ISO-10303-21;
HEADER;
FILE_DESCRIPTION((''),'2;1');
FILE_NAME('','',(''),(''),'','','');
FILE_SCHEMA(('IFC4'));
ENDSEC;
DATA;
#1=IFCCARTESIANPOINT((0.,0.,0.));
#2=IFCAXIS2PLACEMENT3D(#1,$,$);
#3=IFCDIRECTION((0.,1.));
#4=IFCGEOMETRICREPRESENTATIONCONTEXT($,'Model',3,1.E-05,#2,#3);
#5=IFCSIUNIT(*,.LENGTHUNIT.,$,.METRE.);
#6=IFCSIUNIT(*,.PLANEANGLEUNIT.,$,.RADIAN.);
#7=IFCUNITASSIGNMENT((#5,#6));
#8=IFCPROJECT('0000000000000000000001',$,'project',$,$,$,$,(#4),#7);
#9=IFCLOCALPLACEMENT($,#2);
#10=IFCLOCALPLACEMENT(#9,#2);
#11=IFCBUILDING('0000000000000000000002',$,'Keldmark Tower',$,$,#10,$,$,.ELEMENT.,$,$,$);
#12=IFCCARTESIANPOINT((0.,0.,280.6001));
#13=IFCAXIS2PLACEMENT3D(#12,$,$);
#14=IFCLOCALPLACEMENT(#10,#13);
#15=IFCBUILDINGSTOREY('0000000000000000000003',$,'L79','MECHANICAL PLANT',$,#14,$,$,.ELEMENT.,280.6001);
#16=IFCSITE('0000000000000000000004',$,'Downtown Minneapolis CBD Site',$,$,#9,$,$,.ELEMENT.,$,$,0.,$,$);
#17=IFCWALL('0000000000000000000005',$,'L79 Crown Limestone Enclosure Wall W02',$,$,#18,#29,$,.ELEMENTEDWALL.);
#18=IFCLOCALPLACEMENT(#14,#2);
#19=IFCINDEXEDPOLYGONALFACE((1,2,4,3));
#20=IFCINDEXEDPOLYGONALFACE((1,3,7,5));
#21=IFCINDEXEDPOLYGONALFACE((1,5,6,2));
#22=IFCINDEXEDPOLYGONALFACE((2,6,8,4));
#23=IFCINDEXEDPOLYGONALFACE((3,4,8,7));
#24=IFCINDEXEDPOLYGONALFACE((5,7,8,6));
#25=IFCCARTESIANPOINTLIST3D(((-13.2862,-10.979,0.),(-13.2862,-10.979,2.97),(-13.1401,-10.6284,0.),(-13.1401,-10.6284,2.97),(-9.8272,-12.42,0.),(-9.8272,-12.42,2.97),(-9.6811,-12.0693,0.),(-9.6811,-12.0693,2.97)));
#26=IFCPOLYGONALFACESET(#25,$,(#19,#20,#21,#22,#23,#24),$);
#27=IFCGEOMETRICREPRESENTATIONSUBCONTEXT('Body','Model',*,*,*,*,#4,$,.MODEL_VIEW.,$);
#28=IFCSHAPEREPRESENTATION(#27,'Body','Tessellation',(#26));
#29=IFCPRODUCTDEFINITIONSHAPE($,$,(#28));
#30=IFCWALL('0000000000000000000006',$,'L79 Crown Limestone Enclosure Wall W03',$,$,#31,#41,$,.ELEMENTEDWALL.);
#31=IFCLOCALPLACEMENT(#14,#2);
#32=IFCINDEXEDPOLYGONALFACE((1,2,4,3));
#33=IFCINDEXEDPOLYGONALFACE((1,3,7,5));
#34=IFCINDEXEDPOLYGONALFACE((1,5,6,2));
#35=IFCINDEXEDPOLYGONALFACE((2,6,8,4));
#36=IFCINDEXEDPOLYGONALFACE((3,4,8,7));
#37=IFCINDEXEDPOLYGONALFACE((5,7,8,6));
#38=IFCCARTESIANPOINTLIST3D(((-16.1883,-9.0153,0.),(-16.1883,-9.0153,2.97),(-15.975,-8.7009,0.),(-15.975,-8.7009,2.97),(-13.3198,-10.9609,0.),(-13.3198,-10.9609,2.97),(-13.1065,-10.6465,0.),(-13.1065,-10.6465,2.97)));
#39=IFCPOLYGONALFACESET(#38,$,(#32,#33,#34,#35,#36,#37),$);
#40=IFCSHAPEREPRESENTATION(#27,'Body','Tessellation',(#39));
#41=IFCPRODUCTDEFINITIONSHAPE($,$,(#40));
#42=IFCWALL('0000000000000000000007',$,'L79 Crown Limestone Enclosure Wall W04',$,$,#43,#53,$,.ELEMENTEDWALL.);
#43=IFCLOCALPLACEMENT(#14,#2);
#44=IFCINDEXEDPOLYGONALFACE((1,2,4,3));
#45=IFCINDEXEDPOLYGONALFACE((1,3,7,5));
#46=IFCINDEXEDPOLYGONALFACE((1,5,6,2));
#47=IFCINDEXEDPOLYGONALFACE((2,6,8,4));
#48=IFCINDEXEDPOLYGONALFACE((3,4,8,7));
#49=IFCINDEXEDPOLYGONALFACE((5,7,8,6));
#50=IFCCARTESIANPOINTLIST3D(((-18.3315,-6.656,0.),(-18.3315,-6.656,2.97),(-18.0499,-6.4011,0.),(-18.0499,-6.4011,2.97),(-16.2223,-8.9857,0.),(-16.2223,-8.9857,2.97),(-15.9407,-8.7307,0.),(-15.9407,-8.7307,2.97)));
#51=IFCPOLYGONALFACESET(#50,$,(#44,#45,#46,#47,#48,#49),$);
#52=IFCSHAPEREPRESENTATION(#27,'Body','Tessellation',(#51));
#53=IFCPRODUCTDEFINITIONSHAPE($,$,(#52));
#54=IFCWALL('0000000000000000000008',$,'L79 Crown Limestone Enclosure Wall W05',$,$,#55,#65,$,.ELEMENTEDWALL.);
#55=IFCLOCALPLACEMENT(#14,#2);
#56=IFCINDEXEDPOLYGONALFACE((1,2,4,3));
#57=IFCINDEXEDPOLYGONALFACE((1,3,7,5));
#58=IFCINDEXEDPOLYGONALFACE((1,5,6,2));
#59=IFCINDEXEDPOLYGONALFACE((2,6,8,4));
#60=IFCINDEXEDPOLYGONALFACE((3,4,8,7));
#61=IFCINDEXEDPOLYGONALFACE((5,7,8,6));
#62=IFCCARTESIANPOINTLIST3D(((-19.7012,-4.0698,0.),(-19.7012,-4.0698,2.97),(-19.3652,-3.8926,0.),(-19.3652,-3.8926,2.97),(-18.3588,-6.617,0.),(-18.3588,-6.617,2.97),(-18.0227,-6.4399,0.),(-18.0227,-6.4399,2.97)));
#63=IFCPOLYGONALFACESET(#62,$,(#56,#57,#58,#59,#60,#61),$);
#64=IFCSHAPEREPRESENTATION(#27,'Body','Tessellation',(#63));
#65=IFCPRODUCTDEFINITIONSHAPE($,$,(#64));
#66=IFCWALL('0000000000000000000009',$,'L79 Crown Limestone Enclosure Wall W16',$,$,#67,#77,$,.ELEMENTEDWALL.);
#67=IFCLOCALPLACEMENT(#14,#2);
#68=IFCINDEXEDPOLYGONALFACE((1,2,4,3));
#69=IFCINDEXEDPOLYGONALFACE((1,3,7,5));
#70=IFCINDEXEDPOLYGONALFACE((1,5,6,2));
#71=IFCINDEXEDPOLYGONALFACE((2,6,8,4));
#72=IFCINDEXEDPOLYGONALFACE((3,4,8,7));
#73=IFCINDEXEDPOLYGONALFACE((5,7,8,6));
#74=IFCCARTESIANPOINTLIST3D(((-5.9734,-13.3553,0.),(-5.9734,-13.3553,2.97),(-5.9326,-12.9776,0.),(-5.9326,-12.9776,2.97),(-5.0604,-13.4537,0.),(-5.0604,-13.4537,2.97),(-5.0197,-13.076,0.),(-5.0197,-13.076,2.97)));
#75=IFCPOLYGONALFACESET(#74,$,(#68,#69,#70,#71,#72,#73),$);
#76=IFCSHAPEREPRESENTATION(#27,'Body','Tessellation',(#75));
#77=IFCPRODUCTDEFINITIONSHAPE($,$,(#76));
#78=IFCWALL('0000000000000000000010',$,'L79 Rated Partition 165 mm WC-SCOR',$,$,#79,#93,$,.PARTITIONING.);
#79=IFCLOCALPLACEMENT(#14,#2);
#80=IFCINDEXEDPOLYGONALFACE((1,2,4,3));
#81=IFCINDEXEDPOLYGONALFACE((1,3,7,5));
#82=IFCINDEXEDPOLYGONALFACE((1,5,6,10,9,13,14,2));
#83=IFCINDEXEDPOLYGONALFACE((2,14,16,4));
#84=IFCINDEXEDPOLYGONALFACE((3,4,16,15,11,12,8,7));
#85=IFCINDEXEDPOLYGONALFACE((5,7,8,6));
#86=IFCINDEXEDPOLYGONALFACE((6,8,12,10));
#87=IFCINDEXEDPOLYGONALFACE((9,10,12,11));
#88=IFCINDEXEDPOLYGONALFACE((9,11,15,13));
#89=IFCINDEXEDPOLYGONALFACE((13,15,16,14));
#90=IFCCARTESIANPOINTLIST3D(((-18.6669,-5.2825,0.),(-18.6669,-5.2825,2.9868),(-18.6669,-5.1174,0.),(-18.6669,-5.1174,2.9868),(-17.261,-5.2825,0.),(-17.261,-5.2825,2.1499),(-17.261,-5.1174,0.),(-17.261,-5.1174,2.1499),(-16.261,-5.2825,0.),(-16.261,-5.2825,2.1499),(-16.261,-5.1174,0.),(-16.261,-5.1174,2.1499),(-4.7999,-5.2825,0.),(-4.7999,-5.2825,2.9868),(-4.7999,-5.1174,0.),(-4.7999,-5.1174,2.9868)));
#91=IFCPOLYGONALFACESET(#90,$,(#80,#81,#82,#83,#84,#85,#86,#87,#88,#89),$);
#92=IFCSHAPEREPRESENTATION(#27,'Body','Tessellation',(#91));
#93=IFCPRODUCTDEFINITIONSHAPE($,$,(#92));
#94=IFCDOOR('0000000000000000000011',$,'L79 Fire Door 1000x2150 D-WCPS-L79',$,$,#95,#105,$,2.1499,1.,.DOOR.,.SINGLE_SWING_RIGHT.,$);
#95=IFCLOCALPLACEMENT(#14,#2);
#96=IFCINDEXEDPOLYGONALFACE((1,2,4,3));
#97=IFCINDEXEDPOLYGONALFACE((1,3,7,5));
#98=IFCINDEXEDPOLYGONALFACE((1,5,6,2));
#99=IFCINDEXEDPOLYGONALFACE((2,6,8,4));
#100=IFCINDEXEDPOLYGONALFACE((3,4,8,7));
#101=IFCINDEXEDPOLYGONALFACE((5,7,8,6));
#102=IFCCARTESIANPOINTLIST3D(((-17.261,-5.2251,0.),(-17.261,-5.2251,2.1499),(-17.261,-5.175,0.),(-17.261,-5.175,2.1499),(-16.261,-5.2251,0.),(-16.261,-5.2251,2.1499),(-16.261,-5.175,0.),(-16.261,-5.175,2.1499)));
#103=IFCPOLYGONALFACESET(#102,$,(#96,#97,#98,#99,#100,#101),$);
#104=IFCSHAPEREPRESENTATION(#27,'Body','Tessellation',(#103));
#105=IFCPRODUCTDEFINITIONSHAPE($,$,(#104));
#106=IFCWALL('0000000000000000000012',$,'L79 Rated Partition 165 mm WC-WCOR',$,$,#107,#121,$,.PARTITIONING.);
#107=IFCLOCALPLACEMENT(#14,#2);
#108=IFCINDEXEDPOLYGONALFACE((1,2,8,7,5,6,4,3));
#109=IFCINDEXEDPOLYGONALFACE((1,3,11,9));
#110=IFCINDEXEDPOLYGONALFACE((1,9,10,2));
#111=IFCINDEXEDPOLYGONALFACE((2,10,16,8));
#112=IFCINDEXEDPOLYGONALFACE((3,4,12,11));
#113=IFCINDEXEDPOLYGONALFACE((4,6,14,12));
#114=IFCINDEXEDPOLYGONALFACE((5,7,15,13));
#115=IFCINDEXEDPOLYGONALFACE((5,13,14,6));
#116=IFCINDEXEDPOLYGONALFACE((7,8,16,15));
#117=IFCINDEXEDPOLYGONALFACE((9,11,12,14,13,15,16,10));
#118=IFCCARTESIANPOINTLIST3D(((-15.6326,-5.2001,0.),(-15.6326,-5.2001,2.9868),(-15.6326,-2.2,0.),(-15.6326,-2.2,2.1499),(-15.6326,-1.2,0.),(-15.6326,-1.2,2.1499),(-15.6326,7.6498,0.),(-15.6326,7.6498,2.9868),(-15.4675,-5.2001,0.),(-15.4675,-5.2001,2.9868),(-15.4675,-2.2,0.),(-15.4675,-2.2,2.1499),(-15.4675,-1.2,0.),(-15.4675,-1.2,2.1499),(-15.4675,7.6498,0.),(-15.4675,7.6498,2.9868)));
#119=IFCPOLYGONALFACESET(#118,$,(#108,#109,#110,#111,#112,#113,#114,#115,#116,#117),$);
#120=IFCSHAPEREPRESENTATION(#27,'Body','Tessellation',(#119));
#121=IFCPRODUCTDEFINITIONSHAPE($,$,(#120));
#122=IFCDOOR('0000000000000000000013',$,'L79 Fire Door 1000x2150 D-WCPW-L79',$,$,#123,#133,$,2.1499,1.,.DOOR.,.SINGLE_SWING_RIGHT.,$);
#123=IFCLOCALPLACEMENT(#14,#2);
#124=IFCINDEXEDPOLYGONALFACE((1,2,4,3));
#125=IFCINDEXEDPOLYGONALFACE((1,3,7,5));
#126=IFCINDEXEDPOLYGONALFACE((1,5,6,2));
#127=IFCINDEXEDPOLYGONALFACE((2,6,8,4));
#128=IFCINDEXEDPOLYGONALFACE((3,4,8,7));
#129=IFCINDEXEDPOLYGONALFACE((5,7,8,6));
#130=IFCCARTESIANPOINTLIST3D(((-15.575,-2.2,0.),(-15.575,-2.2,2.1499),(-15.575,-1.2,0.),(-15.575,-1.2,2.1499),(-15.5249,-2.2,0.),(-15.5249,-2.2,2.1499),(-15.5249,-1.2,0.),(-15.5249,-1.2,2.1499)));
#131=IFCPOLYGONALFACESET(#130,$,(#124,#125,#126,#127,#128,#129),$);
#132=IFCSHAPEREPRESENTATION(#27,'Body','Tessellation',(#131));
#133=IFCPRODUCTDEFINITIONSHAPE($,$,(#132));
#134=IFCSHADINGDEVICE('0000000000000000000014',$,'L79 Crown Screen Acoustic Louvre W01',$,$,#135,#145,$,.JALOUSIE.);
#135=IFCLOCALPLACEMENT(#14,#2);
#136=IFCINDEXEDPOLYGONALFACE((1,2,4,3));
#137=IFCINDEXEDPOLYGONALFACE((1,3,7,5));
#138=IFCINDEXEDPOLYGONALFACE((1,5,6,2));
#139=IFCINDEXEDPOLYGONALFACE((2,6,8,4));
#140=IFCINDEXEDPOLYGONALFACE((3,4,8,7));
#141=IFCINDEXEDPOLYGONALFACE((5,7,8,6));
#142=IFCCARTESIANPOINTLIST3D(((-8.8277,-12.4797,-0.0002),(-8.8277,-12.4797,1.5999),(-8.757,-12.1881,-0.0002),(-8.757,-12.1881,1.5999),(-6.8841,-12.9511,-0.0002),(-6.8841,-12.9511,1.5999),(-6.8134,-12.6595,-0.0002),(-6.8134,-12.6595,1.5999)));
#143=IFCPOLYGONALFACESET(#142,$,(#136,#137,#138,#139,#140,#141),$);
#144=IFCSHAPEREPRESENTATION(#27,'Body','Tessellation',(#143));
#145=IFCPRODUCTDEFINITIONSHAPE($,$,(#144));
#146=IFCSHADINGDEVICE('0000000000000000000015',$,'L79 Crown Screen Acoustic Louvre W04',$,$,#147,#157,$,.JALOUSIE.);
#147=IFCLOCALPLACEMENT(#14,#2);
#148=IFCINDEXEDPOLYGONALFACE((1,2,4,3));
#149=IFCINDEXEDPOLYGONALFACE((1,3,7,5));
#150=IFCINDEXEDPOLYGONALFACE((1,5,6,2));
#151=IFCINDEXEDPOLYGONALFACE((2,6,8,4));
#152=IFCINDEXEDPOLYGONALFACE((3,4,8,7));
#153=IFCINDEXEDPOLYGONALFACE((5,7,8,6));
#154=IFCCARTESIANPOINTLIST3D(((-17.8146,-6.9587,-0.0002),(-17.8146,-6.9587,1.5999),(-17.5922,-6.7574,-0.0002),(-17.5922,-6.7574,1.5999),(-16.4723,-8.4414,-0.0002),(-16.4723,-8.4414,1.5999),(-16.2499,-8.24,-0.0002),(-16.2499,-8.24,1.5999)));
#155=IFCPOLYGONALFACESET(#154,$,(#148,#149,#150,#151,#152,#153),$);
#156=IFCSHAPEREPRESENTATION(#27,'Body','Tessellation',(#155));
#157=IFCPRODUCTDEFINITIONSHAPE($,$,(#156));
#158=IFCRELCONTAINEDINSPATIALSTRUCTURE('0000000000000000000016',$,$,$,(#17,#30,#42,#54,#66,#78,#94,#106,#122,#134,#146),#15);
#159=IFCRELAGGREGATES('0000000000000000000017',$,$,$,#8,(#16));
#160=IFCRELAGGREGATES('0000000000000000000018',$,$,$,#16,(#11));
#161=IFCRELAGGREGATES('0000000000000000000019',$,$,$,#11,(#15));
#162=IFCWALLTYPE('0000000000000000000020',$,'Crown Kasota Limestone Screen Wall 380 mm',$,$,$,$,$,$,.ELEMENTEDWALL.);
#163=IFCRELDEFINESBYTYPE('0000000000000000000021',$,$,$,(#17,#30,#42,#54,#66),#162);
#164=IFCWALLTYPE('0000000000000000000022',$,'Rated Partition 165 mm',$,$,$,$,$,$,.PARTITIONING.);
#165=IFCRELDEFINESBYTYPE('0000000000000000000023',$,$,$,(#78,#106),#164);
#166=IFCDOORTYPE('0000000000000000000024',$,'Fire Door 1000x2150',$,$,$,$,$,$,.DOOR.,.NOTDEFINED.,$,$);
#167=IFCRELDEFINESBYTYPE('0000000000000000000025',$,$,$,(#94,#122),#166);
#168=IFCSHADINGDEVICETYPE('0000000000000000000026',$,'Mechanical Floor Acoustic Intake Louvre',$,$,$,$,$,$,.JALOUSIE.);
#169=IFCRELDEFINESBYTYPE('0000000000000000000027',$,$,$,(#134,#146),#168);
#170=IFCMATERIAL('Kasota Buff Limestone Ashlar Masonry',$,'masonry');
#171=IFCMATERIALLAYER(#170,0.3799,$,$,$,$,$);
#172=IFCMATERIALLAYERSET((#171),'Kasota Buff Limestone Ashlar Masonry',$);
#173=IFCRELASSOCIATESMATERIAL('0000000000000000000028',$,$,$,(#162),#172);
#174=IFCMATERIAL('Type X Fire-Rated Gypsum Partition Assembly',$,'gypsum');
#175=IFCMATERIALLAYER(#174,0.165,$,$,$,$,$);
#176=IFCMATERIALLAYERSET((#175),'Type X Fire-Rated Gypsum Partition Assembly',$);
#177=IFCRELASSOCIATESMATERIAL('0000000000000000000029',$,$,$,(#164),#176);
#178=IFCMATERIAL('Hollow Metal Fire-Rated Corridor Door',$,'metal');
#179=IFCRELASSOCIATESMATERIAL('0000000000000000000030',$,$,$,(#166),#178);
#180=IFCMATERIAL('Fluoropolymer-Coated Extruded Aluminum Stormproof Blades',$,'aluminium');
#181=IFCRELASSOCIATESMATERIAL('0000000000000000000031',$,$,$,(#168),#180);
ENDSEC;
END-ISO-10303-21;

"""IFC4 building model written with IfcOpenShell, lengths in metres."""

from ifc_helpers import new_model, si_unit, direction, frame, frame_2d, origin, origin_2d, place, context, subcontext, project, spatial, rectangle, extrude, material, layer, layer_set, type_object, element, fill, save


model = new_model("IFC4")

# Units and contexts
model_context = context("Model", 3, precision=1e-05, world=origin(), true_north=direction((0.0, 1.0)))
body_context = subcontext(model_context, "Body", "Model", "MODEL_VIEW")
ifc_project = project(units=[si_unit("LENGTHUNIT", "METRE"), si_unit("PLANEANGLEUNIT", "RADIAN")], contexts=[model_context])

# Site, building, storey
site_placement = place(None, origin())
site = spatial("IfcSite", under=ifc_project, at=site_placement, Name="Downtown Minneapolis CBD Site", CompositionType="ELEMENT", RefElevation=0.0)
building_placement = place(site_placement, origin())
building = spatial("IfcBuilding", under=site, at=building_placement, Name="Keldmark Tower", CompositionType="ELEMENT")
storey_placement = place(building_placement, frame((0.0, 0.0, 280.6001)))
storey = spatial("IfcBuildingStorey", under=building, at=storey_placement, Name="L79", Description="MECHANICAL PLANT", CompositionType="ELEMENT", Elevation=280.6001)

# Walls
ifc_material_1 = material(Name="Kasota Buff Limestone Ashlar Masonry", Category="masonry")
ifc_layer_1 = layer(ifc_material_1, 0.3799)
ifc_layer_set_1 = layer_set([ifc_layer_1], Name="Kasota Buff Limestone Ashlar Masonry")
wall_type_1 = type_object("IfcWallType", Name="Crown Kasota Limestone Screen Wall 380 mm", PredefinedType="ELEMENTEDWALL", material=ifc_layer_set_1)
wall_1_placement = place(storey_placement, frame((-13.2131, -10.8037, 0.0), z_axis=(0.0, 0.0, 1.0), x_axis=(0.923108, -0.384541, 0.0)))
element("IfcWall", 1, at=wall_1_placement, inside=storey, type_object=wall_type_1, Name="L79 Crown Limestone Enclosure Wall W02", PredefinedType="ELEMENTEDWALL", context=body_context, shape_type="SweptSolid", body=[
    extrude(rectangle(XDim=3.7471, YDim=0.3799, at=frame_2d((1.8735, 0.0))), origin(), (0.0, 0.0, 1.0), 2.97),
])
wall_2_placement = place(storey_placement, frame((-16.0815, -8.8582, 0.0), z_axis=(0.0, 0.0, 1.0), x_axis=(0.827591, -0.561331, 0.0)))
element("IfcWall", 2, at=wall_2_placement, inside=storey, type_object=wall_type_1, Name="L79 Crown Limestone Enclosure Wall W03", PredefinedType="ELEMENTEDWALL", context=body_context, shape_type="SweptSolid", body=[
    extrude(rectangle(XDim=3.4661, YDim=0.3799, at=frame_2d((1.7329, 0.0))), origin(), (0.0, 0.0, 1.0), 2.97),
])
wall_3_placement = place(storey_placement, frame((-18.1907, -6.5286, 0.0), z_axis=(0.0, 0.0, 1.0), x_axis=(0.671159, -0.741313, 0.0)))
element("IfcWall", 3, at=wall_3_placement, inside=storey, type_object=wall_type_1, Name="L79 Crown Limestone Enclosure Wall W04", PredefinedType="ELEMENTEDWALL", context=body_context, shape_type="SweptSolid", body=[
    extrude(rectangle(XDim=3.1426, YDim=0.3799, at=frame_2d((1.5713, 0.0))), origin(), (0.0, 0.0, 1.0), 2.97),
])
wall_4_placement = place(storey_placement, frame((-19.5332, -3.9812, 0.0), z_axis=(0.0, 0.0, 1.0), x_axis=(0.466239, -0.884659, 0.0)))
element("IfcWall", 4, at=wall_4_placement, inside=storey, type_object=wall_type_1, Name="L79 Crown Limestone Enclosure Wall W05", PredefinedType="ELEMENTEDWALL", context=body_context, shape_type="SweptSolid", body=[
    extrude(rectangle(XDim=2.8794, YDim=0.3799, at=frame_2d((1.4397, 0.0))), origin(), (0.0, 0.0, 1.0), 2.97),
])
wall_5_placement = place(storey_placement, frame((-5.9529, -13.1665, 0.0), z_axis=(0.0, 0.0, 1.0), x_axis=(0.994242, -0.107162, 0.0)))
element("IfcWall", 5, at=wall_5_placement, inside=storey, type_object=wall_type_1, Name="L79 Crown Limestone Enclosure Wall W16", PredefinedType="ELEMENTEDWALL", context=body_context, shape_type="SweptSolid", body=[
    extrude(rectangle(XDim=0.9182, YDim=0.3799, at=frame_2d((0.459, 0.0))), origin(), (0.0, 0.0, 1.0), 2.97),
])

# Walls, openings, doors
ifc_material_2 = material(Name="Type X Fire-Rated Gypsum Partition Assembly", Category="gypsum")
ifc_layer_2 = layer(ifc_material_2, 0.165)
ifc_layer_set_2 = layer_set([ifc_layer_2], Name="Type X Fire-Rated Gypsum Partition Assembly")
wall_type_2 = type_object("IfcWallType", Name="Rated Partition 165 mm", PredefinedType="PARTITIONING", material=ifc_layer_set_2)
wall_6_placement = place(storey_placement, frame((-18.667, -5.2, 0.0), z_axis=(0.0, 0.0, 1.0), x_axis=(1.0, 0.0, 0.0)))
wall_6 = element("IfcWall", 6, at=wall_6_placement, inside=storey, type_object=wall_type_2, Name="L79 Rated Partition 165 mm WC-SCOR", PredefinedType="PARTITIONING", context=body_context, shape_type="SweptSolid", body=[
    extrude(rectangle(XDim=13.8669, YDim=0.165, at=frame_2d((6.9336, 0.0))), origin(), (0.0, 0.0, 1.0), 2.9868),
])
opening_1_placement = place(wall_6_placement, frame((1.406, 0.0, 0.0)))
opening_1 = element("IfcOpeningElement", 7, at=opening_1_placement, cuts=wall_6, PredefinedType="OPENING", context=body_context, shape_type="SweptSolid", body=[
    extrude(rectangle(XDim=1.0, YDim=2.1499, at=frame_2d((0.5, 1.075))), frame((0.0, 0.0925, 0.0), z_axis=(0.0, -1.0, 0.0), x_axis=(1.0, 0.0, 0.0)), (0.0, 0.0, 1.0), 0.1851),
])
ifc_material_3 = material(Name="Hollow Metal Fire-Rated Corridor Door", Category="metal")
door_type = type_object("IfcDoorType", Name="Fire Door 1000x2150", OperationType="NOTDEFINED", PredefinedType="DOOR", material=ifc_material_3)
door_1_placement = place(opening_1_placement, origin())
door_1 = element("IfcDoor", 8, at=door_1_placement, inside=storey, type_object=door_type, Name="L79 Fire Door 1000x2150 D-WCPS-L79", OperationType="SINGLE_SWING_RIGHT", OverallHeight=2.1499, OverallWidth=1.0, PredefinedType="DOOR", context=body_context, shape_type="SweptSolid", body=[
    extrude(rectangle(XDim=1.0, YDim=2.1499, at=frame_2d((0.5, 1.075))), frame((0.0, 0.0249, 0.0), z_axis=(0.0, -1.0, 0.0), x_axis=(1.0, 0.0, 0.0)), (0.0, 0.0, 1.0), 0.05),
])
fill(opening_1, door_1)
wall_7_placement = place(storey_placement, frame((-15.55, -5.2, 0.0), z_axis=(0.0, 0.0, 1.0), x_axis=(0.0, 1.0, 0.0)))
wall_7 = element("IfcWall", 9, at=wall_7_placement, inside=storey, type_object=wall_type_2, Name="L79 Rated Partition 165 mm WC-WCOR", PredefinedType="PARTITIONING", context=body_context, shape_type="SweptSolid", body=[
    extrude(rectangle(XDim=12.8499, YDim=0.165, at=frame_2d((6.4248, 0.0))), origin(), (0.0, 0.0, 1.0), 2.9868),
])
opening_2_placement = place(wall_7_placement, frame((3.0, 0.0, 0.0)))
opening_2 = element("IfcOpeningElement", 10, at=opening_2_placement, cuts=wall_7, PredefinedType="OPENING", context=body_context, shape_type="SweptSolid", body=[
    extrude(rectangle(XDim=1.0, YDim=2.1499, at=frame_2d((0.5, 1.075))), frame((0.0, 0.0925, 0.0), z_axis=(0.0, -1.0, 0.0), x_axis=(1.0, 0.0, 0.0)), (0.0, 0.0, 1.0), 0.1851),
])
door_2_placement = place(opening_2_placement, origin())
door_2 = element("IfcDoor", 11, at=door_2_placement, inside=storey, type_object=door_type, Name="L79 Fire Door 1000x2150 D-WCPW-L79", OperationType="SINGLE_SWING_RIGHT", OverallHeight=2.1499, OverallWidth=1.0, PredefinedType="DOOR", context=body_context, shape_type="SweptSolid", body=[
    extrude(rectangle(XDim=1.0, YDim=2.1499, at=frame_2d((0.5, 1.075))), frame((0.0, 0.0249, 0.0), z_axis=(0.0, -1.0, 0.0), x_axis=(1.0, 0.0, 0.0)), (0.0, 0.0, 1.0), 0.05),
])
fill(opening_2, door_2)

# Shading devices
ifc_material_4 = material(Name="Fluoropolymer-Coated Extruded Aluminum Stormproof Blades", Category="aluminium")
shading_device_type = type_object("IfcShadingDeviceType", Name="Mechanical Floor Acoustic Intake Louvre", PredefinedType="JALOUSIE", material=ifc_material_4)
for number, where, z_axis, x_axis, name in (
    (12, (-7.8206, -12.5696, -0.0002), (0.0, 0.0, 1.0), (0.971821, -0.235719, 0.0), "L79 Crown Screen Acoustic Louvre W01"),
    (13, (-17.0322, -7.5994, -0.0002), (0.0, 0.0, 1.0), (0.671151, -0.74132, 0.0), "L79 Crown Screen Acoustic Louvre W04"),
):
    element("IfcShadingDevice", number, at=place(storey_placement, frame(where, z_axis=z_axis, x_axis=x_axis)), inside=storey, type_object=shading_device_type, Name=name, PredefinedType="JALOUSIE", context=body_context, shape_type="SweptSolid", body=[
        extrude(rectangle(XDim=2.0, YDim=0.3, at=origin_2d()), origin(), (0.0, 0.0, 1.0), 1.6001),
    ])

save(model, "model.ifc")
